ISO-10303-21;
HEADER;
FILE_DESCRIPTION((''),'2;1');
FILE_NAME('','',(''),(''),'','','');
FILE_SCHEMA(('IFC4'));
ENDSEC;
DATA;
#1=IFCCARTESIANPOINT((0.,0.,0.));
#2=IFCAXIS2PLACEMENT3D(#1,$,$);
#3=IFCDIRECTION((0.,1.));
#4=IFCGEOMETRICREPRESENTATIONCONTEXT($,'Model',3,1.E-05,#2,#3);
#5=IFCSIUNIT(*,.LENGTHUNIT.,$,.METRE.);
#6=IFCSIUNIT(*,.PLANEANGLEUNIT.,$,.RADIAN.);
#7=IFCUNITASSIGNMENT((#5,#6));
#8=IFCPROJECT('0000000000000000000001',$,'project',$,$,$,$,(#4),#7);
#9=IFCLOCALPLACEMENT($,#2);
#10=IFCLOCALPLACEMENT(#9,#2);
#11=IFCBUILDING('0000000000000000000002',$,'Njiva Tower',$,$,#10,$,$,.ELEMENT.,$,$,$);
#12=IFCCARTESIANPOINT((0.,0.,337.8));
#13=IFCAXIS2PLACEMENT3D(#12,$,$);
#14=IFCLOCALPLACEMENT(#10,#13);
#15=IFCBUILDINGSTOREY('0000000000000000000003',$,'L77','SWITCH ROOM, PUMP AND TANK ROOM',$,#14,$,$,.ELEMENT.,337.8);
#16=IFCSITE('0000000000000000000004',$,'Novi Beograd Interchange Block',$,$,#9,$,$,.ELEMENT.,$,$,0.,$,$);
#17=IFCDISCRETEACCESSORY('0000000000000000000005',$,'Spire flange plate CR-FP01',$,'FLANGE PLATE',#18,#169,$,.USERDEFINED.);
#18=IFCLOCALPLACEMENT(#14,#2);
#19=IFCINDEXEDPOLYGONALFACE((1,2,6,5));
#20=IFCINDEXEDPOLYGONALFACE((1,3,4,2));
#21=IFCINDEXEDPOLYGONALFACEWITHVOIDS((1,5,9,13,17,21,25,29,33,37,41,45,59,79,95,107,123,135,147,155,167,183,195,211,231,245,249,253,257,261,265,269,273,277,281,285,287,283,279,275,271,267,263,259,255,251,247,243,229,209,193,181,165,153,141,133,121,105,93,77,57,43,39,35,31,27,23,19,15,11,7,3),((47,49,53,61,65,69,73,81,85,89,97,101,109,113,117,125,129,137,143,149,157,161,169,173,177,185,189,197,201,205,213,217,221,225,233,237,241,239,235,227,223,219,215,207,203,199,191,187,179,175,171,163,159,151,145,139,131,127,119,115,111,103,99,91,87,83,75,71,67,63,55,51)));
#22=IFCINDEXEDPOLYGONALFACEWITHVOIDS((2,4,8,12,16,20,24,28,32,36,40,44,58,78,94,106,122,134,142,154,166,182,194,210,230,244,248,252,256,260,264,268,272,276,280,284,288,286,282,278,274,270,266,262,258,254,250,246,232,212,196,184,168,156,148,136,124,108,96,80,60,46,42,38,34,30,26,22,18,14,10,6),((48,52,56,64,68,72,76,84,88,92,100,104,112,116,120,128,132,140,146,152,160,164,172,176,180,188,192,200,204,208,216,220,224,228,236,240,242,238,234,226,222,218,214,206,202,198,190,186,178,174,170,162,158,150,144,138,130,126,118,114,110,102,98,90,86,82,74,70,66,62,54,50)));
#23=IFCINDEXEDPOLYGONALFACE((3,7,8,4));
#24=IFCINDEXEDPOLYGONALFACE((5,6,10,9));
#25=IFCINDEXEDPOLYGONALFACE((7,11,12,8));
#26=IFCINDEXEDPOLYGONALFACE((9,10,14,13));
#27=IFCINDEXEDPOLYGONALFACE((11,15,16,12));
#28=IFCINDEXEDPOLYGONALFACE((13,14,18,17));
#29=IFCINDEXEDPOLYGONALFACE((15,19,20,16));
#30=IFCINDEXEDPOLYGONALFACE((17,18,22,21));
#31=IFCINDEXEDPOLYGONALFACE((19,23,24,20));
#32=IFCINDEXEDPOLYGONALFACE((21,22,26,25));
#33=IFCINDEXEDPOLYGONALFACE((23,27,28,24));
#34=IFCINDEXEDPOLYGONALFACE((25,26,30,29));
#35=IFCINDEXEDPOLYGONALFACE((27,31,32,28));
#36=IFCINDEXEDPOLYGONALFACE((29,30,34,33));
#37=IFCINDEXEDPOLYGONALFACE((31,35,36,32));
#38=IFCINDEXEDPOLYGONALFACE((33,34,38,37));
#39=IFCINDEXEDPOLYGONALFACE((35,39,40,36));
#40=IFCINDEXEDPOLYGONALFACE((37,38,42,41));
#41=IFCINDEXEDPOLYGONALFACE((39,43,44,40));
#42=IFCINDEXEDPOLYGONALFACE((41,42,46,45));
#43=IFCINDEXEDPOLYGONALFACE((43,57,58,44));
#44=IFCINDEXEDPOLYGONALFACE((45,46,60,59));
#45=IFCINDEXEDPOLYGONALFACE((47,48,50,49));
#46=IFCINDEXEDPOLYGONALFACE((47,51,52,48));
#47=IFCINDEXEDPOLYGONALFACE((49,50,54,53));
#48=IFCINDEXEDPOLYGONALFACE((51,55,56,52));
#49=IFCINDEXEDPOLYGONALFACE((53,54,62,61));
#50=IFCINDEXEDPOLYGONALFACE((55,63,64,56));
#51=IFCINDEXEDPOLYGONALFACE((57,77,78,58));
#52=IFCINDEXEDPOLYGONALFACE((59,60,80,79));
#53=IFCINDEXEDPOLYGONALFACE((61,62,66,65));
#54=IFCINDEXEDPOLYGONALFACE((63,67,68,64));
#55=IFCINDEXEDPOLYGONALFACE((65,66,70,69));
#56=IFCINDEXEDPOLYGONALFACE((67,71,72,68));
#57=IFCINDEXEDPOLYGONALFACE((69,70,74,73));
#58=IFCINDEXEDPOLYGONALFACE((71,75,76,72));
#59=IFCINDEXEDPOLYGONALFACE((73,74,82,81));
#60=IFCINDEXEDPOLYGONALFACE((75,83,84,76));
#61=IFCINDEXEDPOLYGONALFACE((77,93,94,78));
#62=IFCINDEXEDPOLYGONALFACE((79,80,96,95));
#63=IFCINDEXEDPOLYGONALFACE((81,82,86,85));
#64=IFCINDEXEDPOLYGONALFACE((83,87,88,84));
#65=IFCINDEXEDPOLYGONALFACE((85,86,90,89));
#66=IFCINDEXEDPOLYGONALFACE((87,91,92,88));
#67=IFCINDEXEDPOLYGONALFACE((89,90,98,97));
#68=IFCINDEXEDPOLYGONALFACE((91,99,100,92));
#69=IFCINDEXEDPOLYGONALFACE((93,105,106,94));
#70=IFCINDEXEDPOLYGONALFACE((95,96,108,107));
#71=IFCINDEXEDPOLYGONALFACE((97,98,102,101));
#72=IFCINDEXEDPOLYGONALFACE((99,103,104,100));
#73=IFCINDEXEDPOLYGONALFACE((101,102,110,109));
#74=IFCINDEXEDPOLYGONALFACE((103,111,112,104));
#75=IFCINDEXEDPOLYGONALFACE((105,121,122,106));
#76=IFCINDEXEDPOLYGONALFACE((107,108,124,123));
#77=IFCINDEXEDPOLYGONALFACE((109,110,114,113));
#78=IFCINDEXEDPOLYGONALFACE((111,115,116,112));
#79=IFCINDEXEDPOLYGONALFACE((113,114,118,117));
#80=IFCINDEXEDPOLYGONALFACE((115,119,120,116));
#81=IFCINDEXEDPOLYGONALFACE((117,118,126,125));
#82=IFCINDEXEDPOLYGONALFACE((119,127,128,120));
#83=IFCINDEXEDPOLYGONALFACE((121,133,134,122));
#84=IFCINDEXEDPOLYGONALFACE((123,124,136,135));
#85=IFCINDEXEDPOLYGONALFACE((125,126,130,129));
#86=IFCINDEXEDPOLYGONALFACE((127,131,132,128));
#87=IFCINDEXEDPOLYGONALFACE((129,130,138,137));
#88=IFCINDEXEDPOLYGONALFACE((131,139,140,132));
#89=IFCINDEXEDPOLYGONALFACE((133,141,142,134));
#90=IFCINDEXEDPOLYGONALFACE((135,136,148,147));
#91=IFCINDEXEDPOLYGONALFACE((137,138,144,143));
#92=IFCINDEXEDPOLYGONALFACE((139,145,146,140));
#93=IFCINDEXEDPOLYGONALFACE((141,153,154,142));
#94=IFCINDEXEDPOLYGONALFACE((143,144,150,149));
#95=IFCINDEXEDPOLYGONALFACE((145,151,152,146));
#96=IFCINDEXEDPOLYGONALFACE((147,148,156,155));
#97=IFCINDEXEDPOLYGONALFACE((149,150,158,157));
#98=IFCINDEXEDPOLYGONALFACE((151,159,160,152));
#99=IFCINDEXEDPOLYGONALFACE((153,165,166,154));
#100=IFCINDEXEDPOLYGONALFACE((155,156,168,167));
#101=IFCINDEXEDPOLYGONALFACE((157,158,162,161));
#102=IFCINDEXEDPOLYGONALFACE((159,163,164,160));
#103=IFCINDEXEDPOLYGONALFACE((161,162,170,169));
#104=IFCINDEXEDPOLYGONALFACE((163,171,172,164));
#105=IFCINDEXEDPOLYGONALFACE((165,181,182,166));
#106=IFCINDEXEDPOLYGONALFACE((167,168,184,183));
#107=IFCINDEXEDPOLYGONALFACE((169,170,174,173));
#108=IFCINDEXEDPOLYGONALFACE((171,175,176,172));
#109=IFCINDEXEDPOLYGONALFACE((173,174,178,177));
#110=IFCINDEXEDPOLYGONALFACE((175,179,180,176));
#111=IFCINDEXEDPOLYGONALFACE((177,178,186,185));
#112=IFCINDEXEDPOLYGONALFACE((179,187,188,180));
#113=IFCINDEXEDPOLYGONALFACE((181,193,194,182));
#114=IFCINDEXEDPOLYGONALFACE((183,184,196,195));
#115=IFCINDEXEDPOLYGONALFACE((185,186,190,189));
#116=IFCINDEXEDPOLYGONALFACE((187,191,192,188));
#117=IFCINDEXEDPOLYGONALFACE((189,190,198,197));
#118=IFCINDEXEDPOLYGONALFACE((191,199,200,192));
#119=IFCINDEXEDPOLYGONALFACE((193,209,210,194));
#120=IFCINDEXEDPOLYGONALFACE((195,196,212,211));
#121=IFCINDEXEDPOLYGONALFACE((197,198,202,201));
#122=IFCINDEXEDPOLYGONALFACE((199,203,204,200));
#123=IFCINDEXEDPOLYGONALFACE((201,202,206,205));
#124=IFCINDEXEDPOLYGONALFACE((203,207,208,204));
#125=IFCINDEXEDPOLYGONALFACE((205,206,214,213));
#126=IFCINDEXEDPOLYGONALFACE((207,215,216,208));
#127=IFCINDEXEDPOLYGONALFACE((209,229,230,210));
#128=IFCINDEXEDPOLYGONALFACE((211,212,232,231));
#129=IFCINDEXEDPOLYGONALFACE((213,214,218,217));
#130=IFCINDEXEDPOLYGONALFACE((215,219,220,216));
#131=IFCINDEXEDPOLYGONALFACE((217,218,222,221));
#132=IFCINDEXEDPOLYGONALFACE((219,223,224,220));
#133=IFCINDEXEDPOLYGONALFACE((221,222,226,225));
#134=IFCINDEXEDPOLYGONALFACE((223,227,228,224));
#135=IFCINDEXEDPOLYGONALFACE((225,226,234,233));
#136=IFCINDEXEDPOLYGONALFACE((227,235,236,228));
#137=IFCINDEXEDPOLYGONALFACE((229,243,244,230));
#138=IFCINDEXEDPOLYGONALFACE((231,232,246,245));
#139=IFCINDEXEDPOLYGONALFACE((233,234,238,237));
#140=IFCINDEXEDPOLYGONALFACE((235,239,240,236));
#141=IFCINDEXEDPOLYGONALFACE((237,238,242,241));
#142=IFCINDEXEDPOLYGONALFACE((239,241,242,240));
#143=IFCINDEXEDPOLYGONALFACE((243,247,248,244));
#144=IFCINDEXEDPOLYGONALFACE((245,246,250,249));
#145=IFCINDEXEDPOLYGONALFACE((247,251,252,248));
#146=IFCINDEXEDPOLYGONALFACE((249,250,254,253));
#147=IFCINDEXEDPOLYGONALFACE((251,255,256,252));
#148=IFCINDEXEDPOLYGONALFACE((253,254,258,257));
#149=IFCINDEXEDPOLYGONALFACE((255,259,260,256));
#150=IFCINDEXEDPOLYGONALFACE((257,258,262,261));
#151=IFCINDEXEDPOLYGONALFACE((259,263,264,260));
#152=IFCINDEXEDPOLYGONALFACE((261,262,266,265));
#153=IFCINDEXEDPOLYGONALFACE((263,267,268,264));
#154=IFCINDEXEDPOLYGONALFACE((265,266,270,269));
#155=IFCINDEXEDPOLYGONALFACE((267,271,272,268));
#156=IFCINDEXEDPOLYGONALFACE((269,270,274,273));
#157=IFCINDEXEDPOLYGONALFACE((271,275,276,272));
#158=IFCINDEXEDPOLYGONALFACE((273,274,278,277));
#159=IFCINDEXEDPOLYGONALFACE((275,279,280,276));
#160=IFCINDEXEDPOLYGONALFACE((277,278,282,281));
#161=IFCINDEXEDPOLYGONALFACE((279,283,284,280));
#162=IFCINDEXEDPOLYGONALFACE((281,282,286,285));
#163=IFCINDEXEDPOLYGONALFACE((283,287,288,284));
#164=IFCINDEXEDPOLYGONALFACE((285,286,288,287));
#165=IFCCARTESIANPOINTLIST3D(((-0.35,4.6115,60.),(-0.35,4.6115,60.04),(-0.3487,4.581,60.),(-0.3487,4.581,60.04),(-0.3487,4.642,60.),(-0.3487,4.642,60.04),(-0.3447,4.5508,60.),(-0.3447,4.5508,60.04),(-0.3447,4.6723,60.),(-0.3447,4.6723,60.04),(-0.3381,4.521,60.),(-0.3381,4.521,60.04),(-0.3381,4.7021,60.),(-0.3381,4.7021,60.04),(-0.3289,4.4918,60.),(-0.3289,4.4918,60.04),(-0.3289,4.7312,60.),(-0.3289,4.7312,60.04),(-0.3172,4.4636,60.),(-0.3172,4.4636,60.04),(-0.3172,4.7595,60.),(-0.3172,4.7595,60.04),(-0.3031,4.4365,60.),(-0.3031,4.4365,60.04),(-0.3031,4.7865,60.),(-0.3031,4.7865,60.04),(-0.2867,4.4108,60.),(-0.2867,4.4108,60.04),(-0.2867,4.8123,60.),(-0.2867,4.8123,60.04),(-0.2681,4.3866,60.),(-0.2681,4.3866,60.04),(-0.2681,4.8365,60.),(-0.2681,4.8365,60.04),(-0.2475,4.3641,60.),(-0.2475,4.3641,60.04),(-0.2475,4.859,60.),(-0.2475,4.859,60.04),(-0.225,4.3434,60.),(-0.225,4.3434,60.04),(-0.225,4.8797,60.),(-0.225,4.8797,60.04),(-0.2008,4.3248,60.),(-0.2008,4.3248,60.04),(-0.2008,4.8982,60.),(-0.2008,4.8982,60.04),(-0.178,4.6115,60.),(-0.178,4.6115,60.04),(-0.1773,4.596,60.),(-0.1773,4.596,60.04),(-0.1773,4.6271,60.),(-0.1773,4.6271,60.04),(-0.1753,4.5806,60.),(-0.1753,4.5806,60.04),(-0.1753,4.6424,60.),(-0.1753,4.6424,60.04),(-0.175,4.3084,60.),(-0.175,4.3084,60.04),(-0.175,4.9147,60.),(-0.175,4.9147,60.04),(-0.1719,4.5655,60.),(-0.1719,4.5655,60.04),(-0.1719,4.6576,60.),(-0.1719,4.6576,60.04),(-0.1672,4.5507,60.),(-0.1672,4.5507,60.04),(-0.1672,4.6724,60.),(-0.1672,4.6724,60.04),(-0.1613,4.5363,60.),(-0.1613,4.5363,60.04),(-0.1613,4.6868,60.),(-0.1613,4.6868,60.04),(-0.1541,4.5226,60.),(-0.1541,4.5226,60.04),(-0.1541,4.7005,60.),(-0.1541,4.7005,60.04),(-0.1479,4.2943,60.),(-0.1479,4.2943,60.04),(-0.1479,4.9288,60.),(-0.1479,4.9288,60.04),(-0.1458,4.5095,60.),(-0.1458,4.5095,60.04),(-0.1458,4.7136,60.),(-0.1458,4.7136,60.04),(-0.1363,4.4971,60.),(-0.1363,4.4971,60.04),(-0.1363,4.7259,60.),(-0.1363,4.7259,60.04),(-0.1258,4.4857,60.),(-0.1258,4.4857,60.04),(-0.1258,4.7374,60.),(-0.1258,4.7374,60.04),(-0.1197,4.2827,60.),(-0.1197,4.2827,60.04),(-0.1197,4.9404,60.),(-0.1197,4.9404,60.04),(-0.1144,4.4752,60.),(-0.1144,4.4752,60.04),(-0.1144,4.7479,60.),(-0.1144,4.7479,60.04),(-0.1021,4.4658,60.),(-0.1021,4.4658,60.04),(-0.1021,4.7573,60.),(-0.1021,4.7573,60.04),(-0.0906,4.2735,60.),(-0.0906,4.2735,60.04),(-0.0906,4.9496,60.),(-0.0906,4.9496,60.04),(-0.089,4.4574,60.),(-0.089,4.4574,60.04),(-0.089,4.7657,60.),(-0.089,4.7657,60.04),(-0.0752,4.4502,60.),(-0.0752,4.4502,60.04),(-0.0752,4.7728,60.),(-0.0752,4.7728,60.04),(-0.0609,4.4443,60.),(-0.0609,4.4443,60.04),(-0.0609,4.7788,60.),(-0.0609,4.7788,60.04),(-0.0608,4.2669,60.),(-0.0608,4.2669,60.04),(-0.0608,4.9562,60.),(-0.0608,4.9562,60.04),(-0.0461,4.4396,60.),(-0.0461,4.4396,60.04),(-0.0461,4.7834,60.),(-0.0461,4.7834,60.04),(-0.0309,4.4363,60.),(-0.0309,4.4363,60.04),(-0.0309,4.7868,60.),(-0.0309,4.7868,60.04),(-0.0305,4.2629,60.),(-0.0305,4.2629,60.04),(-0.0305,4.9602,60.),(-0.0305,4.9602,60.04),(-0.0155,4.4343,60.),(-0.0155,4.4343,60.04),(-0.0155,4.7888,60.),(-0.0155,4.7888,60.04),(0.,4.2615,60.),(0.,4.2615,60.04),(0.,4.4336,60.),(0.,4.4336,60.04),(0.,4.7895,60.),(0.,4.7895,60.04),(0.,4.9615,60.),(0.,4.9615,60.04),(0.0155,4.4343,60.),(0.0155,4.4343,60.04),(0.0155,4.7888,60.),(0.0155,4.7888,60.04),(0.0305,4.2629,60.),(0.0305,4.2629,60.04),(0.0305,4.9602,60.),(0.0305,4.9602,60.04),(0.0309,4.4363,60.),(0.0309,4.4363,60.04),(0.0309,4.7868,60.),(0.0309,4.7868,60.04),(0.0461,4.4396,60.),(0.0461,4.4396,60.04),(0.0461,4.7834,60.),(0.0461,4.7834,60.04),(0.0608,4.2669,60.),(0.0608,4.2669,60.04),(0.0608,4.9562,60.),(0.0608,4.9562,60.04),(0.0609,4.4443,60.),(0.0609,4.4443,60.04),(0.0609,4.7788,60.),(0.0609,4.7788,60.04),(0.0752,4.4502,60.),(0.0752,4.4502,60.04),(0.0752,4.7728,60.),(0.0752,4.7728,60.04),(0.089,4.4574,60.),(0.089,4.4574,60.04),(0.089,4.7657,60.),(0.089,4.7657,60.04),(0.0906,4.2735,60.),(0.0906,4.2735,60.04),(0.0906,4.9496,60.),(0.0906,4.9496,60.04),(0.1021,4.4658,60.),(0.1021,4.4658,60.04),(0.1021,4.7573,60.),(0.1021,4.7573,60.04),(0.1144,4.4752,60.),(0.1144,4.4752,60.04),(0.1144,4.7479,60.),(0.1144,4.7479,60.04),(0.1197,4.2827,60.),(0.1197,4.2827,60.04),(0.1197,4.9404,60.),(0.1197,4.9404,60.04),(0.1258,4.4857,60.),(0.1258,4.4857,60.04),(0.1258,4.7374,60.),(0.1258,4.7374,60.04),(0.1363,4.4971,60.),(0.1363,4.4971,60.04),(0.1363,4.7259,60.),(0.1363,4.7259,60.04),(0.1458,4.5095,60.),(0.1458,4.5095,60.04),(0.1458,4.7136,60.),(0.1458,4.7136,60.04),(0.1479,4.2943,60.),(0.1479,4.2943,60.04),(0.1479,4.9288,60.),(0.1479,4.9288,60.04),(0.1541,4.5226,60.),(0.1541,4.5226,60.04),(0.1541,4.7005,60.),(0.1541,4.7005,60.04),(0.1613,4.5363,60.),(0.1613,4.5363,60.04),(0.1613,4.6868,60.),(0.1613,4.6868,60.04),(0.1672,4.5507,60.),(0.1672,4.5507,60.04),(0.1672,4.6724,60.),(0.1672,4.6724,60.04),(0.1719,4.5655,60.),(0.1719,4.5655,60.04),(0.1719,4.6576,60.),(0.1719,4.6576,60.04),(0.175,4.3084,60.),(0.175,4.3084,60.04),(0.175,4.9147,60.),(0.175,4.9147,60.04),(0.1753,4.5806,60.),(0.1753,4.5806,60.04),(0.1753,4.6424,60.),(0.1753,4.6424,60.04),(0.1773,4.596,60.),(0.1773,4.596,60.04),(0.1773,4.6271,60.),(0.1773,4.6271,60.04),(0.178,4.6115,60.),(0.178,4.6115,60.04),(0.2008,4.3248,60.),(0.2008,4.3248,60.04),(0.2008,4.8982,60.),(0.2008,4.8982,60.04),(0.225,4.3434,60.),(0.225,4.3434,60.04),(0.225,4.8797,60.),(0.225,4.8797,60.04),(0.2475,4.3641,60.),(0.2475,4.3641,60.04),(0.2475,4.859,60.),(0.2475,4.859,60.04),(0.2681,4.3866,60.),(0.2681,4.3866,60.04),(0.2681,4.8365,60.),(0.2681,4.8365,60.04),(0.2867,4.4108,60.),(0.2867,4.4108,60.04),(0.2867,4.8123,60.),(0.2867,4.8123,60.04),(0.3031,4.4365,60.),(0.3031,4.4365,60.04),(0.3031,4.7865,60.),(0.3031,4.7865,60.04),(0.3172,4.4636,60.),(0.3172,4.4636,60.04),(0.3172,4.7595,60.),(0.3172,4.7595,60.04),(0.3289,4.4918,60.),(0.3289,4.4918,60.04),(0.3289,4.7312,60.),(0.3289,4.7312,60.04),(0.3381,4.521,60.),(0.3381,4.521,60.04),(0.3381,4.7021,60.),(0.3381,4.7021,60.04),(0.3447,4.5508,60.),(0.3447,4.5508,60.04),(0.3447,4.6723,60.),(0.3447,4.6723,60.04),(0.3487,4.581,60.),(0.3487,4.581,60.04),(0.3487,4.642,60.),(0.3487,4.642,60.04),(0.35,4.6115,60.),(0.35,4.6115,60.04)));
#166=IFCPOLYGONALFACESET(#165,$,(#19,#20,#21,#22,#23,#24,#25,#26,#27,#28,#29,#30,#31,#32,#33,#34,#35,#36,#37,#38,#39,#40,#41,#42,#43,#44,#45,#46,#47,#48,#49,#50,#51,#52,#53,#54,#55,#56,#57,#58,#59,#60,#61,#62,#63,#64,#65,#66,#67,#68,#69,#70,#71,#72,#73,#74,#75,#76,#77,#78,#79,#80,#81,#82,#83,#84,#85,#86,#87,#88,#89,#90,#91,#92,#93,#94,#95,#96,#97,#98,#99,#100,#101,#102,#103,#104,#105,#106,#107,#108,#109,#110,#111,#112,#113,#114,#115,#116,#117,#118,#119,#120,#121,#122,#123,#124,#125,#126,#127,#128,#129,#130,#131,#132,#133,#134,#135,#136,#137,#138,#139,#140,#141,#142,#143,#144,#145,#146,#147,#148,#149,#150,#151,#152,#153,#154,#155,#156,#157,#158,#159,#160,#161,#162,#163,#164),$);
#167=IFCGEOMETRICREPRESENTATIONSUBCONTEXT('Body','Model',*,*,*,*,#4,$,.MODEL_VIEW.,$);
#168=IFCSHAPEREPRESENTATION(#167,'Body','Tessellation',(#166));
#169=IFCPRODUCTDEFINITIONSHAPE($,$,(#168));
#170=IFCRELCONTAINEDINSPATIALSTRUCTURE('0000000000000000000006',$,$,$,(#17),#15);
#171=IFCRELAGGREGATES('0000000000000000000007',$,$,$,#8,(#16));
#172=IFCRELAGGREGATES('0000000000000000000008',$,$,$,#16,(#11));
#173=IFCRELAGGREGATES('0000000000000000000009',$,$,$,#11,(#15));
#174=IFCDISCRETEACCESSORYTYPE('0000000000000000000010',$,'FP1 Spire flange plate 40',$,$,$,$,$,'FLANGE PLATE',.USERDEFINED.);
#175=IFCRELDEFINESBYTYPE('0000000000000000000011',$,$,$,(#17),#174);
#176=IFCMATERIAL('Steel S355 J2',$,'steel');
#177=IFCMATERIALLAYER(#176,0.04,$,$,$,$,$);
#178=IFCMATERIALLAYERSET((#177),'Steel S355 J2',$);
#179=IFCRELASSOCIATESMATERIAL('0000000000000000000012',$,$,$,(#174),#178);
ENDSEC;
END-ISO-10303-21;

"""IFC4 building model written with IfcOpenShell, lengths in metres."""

from ifc_helpers import new_model, si_unit, direction, frame, origin, place, context, subcontext, project, spatial, polyline, outline, extrude, material, layer, layer_set, type_object, element, save


model = new_model("IFC4")

# Units and contexts
model_context = context("Model", 3, precision=1e-05, world=origin(), true_north=direction((0.0, 1.0)))
body_context = subcontext(model_context, "Body", "Model", "MODEL_VIEW")
ifc_project = project(units=[si_unit("LENGTHUNIT", "METRE"), si_unit("PLANEANGLEUNIT", "RADIAN")], contexts=[model_context])

# Site, building, storey
site_placement = place(None, origin())
site = spatial("IfcSite", under=ifc_project, at=site_placement, Name="Novi Beograd Interchange Block", CompositionType="ELEMENT", RefElevation=0.0)
building_placement = place(site_placement, origin())
building = spatial("IfcBuilding", under=site, at=building_placement, Name="Njiva Tower", CompositionType="ELEMENT")
storey_placement = place(building_placement, frame((0.0, 0.0, 337.8)))
storey = spatial("IfcBuildingStorey", under=building, at=storey_placement, Name="L77", Description="SWITCH ROOM, PUMP AND TANK ROOM", CompositionType="ELEMENT", Elevation=337.8)

# Discrete accessory
ifc_material_1 = material(Name="Steel S355 J2", Category="steel")
ifc_layer_1 = layer(ifc_material_1, 0.04)
ifc_layer_set_1 = layer_set([ifc_layer_1], Name="Steel S355 J2")
discrete_accessory_type_1 = type_object("IfcDiscreteAccessoryType", Name="FP1 Spire flange plate 40", ElementType="FLANGE PLATE", PredefinedType="USERDEFINED", material=ifc_layer_set_1)
discrete_accessory_1_placement = place(storey_placement, frame((0.0, 4.6115, 60.0)))
element("IfcDiscreteAccessory", 1, at=discrete_accessory_1_placement, inside=storey, type_object=discrete_accessory_type_1, Name="Spire flange plate CR-FP01", ObjectType="FLANGE PLATE", PredefinedType="USERDEFINED", context=body_context, shape_type="SweptSolid", body=[
    extrude(outline(polyline([(0.35, 0.0), (0.3487, 0.0305), (0.3447, 0.0608), (0.3381, 0.0906), (0.3289, 0.1197), (0.3172, 0.148), (0.3031, 0.175), (0.2867, 0.2008), (0.2681, 0.225), (0.2475, 0.2475), (0.225, 0.2682), (0.2008, 0.2867), (0.175, 0.3032), (0.1479, 0.3173), (0.1197, 0.3289), (0.0906, 0.3381), (0.0608, 0.3447), (0.0305, 0.3487), (0.0, 0.35), (-0.0305, 0.3487), (-0.0608, 0.3447), (-0.0906, 0.3381), (-0.1197, 0.3289), (-0.1479, 0.3173), (-0.175, 0.3032), (-0.2008, 0.2867), (-0.225, 0.2682), (-0.2475, 0.2475), (-0.2681, 0.225), (-0.2867, 0.2008), (-0.3031, 0.175), (-0.3172, 0.148), (-0.3289, 0.1197), (-0.3381, 0.0906), (-0.3447, 0.0608), (-0.3487, 0.0305), (-0.35, 0.0), (-0.3487, -0.0305), (-0.3447, -0.0607), (-0.3381, -0.0905), (-0.3289, -0.1197), (-0.3172, -0.1479), (-0.3031, -0.175), (-0.2867, -0.2007), (-0.2681, -0.2249), (-0.2475, -0.2474), (-0.225, -0.2681), (-0.2008, -0.2867), (-0.175, -0.3031), (-0.1479, -0.3172), (-0.1197, -0.3288), (-0.0906, -0.338), (-0.0608, -0.3446), (-0.0305, -0.3486), (0.0, -0.35), (0.0305, -0.3486), (0.0608, -0.3446), (0.0906, -0.338), (0.1197, -0.3288), (0.1479, -0.3172), (0.175, -0.3031), (0.2008, -0.2867), (0.225, -0.2681), (0.2475, -0.2474), (0.2681, -0.2249), (0.2867, -0.2007), (0.3031, -0.175), (0.3172, -0.1479), (0.3289, -0.1197), (0.3381, -0.0905), (0.3447, -0.0607), (0.3487, -0.0305), (0.35, 0.0)]), holes=[polyline([(0.178, 0.0), (0.1773, 0.0156), (0.1753, 0.0309), (0.1719, 0.0461), (0.1672, 0.0609), (0.1613, 0.0753), (0.1541, 0.089), (0.1458, 0.1021), (0.1363, 0.1144), (0.1258, 0.1259), (0.1144, 0.1364), (0.1021, 0.1458), (0.089, 0.1542), (0.0752, 0.1613), (0.0609, 0.1673), (0.0461, 0.1719), (0.0309, 0.1753), (0.0155, 0.1773), (0.0, 0.178), (-0.0155, 0.1773), (-0.0309, 0.1753), (-0.0461, 0.1719), (-0.0609, 0.1673), (-0.0752, 0.1613), (-0.089, 0.1542), (-0.1021, 0.1458), (-0.1144, 0.1364), (-0.1258, 0.1259), (-0.1363, 0.1144), (-0.1458, 0.1021), (-0.1541, 0.089), (-0.1613, 0.0753), (-0.1672, 0.0609), (-0.1719, 0.0461), (-0.1753, 0.0309), (-0.1773, 0.0156), (-0.178, 0.0), (-0.1773, -0.0155), (-0.1753, -0.0309), (-0.1719, -0.046), (-0.1672, -0.0608), (-0.1613, -0.0752), (-0.1541, -0.0889), (-0.1458, -0.102), (-0.1363, -0.1144), (-0.1258, -0.1258), (-0.1144, -0.1363), (-0.1021, -0.1457), (-0.089, -0.1541), (-0.0752, -0.1613), (-0.0609, -0.1672), (-0.0461, -0.1719), (-0.0309, -0.1752), (-0.0155, -0.1772), (0.0, -0.1779), (0.0155, -0.1772), (0.0309, -0.1752), (0.0461, -0.1719), (0.0609, -0.1672), (0.0752, -0.1613), (0.089, -0.1541), (0.1021, -0.1457), (0.1144, -0.1363), (0.1258, -0.1258), (0.1363, -0.1144), (0.1458, -0.102), (0.1541, -0.0889), (0.1613, -0.0752), (0.1672, -0.0608), (0.1719, -0.046), (0.1753, -0.0309), (0.1773, -0.0155), (0.178, 0.0)])]), origin(), (0.0, 0.0, 1.0), 0.04),
])

save(model, "model.ifc")
